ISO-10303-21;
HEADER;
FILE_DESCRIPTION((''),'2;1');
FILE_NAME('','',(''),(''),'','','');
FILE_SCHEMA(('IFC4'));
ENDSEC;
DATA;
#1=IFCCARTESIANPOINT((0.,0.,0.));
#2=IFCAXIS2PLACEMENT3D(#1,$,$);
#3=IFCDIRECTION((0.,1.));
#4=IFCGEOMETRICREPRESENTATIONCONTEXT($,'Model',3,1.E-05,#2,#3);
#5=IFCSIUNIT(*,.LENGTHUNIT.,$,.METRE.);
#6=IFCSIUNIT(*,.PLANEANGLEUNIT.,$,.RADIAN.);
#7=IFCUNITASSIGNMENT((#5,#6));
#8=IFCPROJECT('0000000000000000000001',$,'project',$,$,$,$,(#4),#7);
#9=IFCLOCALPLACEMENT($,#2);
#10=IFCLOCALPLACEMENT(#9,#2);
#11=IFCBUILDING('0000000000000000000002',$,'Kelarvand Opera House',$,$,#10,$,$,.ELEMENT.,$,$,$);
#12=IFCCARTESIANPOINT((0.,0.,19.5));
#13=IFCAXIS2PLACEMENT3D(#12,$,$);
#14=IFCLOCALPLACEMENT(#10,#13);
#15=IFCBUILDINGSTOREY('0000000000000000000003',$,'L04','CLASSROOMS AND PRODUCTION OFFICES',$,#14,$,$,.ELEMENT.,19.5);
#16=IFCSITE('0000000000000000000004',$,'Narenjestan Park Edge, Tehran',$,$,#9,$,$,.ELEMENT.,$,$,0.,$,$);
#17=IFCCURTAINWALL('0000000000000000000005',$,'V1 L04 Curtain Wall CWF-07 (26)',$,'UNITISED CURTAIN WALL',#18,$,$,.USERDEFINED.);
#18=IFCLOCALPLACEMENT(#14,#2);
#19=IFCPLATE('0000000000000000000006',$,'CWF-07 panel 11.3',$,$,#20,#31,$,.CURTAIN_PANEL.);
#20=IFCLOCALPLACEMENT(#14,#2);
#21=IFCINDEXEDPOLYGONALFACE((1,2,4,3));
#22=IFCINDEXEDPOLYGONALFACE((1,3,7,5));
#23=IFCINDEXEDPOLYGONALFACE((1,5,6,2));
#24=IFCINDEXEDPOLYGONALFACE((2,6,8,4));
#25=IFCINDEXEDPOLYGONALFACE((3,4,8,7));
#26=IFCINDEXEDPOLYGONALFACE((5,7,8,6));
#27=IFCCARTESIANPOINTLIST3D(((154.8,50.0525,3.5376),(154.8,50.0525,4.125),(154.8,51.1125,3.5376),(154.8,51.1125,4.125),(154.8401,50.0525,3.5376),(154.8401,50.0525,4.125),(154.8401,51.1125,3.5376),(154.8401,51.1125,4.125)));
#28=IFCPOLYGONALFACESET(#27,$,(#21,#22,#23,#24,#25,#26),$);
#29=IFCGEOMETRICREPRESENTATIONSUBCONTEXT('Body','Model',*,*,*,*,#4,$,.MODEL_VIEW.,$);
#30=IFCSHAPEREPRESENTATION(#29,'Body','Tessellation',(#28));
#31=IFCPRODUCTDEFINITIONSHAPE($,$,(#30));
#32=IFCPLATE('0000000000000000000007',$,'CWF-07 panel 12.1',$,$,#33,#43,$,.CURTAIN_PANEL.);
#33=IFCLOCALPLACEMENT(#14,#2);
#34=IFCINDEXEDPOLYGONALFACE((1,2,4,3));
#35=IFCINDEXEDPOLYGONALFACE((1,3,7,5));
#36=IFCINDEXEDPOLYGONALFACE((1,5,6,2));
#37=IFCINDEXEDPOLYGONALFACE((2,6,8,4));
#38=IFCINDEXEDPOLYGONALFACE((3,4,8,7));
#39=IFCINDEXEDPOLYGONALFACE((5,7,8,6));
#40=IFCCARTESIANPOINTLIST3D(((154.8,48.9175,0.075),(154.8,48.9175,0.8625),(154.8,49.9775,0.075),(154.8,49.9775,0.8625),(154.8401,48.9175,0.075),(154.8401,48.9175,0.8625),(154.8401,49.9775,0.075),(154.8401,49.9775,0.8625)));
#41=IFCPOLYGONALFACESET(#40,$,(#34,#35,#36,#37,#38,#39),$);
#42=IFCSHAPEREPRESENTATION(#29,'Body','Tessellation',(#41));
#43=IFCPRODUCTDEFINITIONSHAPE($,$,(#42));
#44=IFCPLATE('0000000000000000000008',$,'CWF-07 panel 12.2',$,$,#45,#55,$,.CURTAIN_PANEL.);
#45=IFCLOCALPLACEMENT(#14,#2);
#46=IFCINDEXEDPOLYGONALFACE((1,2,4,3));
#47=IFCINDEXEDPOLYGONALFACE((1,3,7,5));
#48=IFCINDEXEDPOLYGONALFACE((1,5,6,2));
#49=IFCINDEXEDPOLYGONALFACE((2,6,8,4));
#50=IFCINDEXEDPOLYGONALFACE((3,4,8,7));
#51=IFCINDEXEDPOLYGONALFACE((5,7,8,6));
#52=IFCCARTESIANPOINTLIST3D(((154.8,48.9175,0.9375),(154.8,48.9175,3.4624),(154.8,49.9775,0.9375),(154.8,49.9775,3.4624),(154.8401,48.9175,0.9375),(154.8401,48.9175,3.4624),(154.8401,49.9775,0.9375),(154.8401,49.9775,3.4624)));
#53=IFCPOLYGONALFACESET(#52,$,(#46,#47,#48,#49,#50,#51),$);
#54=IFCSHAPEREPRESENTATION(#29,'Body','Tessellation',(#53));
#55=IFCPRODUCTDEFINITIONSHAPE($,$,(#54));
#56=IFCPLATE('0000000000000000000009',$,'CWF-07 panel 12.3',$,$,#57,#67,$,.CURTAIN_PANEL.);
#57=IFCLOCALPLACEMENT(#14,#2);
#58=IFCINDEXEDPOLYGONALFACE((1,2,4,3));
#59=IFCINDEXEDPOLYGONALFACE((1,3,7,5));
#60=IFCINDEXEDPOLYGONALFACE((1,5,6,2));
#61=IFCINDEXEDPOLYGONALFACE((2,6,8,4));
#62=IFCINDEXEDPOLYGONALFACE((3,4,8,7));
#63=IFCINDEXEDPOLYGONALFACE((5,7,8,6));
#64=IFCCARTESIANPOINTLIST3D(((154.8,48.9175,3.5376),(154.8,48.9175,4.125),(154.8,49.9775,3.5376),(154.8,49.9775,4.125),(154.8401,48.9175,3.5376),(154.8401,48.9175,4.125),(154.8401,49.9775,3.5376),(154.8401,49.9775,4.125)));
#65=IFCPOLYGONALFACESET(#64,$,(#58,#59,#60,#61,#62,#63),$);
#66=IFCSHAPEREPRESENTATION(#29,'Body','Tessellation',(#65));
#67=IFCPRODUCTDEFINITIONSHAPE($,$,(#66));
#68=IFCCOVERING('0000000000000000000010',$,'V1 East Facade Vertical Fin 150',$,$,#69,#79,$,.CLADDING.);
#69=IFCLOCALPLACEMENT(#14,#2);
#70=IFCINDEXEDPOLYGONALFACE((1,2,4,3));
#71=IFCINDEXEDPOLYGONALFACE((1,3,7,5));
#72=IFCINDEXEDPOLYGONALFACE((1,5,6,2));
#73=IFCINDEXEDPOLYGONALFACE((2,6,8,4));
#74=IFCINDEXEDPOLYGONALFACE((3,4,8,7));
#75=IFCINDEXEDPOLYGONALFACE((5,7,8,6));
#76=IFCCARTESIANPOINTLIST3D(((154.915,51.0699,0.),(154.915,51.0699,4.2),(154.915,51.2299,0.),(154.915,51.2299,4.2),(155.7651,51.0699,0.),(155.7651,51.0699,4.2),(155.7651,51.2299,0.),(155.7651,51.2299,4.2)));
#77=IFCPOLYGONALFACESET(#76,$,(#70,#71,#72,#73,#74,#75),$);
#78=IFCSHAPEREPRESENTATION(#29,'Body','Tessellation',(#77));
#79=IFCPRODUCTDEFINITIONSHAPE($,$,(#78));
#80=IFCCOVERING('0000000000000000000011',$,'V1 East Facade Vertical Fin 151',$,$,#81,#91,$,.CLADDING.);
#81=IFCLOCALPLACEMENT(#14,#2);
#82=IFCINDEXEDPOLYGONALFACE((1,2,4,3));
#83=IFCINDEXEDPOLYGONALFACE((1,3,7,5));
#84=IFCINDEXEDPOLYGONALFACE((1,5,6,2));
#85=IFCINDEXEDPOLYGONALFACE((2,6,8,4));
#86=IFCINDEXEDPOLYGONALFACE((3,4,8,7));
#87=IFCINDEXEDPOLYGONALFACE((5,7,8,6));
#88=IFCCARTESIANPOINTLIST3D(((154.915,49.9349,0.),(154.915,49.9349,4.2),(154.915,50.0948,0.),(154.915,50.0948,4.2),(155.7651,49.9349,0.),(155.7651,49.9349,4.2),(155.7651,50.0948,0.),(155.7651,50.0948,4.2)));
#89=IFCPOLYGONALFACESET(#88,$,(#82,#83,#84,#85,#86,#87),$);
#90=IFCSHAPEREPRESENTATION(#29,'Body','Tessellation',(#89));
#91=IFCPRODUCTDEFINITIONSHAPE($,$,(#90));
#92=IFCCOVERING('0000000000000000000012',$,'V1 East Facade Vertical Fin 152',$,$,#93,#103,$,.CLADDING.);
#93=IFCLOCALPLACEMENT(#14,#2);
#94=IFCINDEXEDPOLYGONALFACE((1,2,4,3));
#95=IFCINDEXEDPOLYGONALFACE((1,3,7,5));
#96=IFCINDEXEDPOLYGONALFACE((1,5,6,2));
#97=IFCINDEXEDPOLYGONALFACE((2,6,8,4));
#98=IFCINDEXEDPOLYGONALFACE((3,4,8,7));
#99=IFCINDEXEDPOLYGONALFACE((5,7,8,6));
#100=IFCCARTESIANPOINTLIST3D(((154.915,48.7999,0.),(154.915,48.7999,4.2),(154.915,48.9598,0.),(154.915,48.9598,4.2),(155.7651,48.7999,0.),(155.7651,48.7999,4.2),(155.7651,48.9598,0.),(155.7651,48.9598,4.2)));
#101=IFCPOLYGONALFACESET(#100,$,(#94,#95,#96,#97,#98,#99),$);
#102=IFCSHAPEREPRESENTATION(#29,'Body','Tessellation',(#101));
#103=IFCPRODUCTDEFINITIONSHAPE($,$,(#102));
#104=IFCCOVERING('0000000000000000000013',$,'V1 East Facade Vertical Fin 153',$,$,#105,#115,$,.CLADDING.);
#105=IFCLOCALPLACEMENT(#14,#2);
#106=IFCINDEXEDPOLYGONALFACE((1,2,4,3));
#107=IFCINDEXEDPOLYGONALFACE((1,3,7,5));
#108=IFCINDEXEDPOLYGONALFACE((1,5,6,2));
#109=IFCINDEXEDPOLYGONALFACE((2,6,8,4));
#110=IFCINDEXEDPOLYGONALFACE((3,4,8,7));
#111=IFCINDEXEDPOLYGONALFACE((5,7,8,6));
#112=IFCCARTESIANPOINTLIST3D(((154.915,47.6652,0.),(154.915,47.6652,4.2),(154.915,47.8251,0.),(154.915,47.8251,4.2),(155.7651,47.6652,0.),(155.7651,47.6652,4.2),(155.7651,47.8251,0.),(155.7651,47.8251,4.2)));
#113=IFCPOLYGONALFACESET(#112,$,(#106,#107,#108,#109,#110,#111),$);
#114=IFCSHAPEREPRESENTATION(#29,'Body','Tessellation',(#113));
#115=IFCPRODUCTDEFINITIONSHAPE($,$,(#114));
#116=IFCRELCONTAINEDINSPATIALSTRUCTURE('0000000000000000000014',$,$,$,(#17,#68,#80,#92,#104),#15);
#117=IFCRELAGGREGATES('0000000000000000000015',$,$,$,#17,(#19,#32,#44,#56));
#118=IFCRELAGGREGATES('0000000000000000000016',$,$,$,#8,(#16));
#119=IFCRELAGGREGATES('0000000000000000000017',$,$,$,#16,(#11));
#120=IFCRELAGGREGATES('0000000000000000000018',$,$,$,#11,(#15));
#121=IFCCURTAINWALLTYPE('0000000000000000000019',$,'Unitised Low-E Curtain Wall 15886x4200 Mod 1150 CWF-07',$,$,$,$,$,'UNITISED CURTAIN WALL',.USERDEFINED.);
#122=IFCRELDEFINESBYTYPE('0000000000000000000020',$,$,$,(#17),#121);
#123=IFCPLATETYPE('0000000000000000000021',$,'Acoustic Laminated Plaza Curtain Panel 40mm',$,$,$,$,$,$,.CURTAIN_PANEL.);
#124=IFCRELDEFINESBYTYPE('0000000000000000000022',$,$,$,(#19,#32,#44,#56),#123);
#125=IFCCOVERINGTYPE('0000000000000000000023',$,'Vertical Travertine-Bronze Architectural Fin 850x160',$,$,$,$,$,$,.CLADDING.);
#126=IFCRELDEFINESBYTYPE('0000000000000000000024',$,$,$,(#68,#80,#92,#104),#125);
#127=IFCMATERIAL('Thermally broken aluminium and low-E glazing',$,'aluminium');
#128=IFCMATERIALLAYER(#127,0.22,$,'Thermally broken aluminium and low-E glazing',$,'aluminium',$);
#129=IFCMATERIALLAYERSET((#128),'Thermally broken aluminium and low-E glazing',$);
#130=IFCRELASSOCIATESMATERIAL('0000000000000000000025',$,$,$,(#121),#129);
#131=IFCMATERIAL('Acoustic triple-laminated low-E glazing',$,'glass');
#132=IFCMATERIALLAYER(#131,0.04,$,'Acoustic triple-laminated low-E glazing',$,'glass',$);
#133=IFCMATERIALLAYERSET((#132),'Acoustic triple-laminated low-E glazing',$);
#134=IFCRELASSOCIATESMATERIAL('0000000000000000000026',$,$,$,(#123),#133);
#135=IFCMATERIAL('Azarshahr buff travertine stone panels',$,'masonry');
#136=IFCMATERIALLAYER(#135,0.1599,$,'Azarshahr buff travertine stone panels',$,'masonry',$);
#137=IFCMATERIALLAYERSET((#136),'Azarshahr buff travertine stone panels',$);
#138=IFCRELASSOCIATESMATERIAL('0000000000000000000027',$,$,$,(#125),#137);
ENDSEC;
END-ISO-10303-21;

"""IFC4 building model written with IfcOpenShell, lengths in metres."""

from ifc_helpers import new_model, si_unit, direction, frame, origin, origin_2d, place, context, subcontext, project, spatial, rectangle, extrude, material, layer, layer_set, type_object, element, aggregate, save


model = new_model("IFC4")

# Units and contexts
model_context = context("Model", 3, precision=1e-05, world=origin(), true_north=direction((0.0, 1.0)))
body_context = subcontext(model_context, "Body", "Model", "MODEL_VIEW")
ifc_project = project(units=[si_unit("LENGTHUNIT", "METRE"), si_unit("PLANEANGLEUNIT", "RADIAN")], contexts=[model_context])

# Site, building, storey
site_placement = place(None, origin())
site = spatial("IfcSite", under=ifc_project, at=site_placement, Name="Narenjestan Park Edge, Tehran", CompositionType="ELEMENT", RefElevation=0.0)
building_placement = place(site_placement, origin())
building = spatial("IfcBuilding", under=site, at=building_placement, Name="Kelarvand Opera House", CompositionType="ELEMENT")
storey_placement = place(building_placement, frame((0.0, 0.0, 19.5)))
storey = spatial("IfcBuildingStorey", under=building, at=storey_placement, Name="L04", Description="CLASSROOMS AND PRODUCTION OFFICES", CompositionType="ELEMENT", Elevation=19.5)

# Curtain wall, plates
ifc_material_1 = material(Name="Thermally broken aluminium and low-E glazing", Category="aluminium")
ifc_layer_1 = layer(ifc_material_1, 0.22, Name="Thermally broken aluminium and low-E glazing", Category="aluminium")
ifc_layer_set_1 = layer_set([ifc_layer_1], Name="Thermally broken aluminium and low-E glazing")
curtain_wall_type = type_object("IfcCurtainWallType", Name="Unitised Low-E Curtain Wall 15886x4200 Mod 1150 CWF-07", ElementType="UNITISED CURTAIN WALL", PredefinedType="USERDEFINED", material=ifc_layer_set_1)
curtain_wall_placement = place(storey_placement, origin())
curtain_wall = element("IfcCurtainWall", 1, at=curtain_wall_placement, inside=storey, type_object=curtain_wall_type, Name="V1 L04 Curtain Wall CWF-07 (26)", ObjectType="UNITISED CURTAIN WALL", PredefinedType="USERDEFINED")
ifc_material_2 = material(Name="Acoustic triple-laminated low-E glazing", Category="glass")
ifc_layer_2 = layer(ifc_material_2, 0.04, Name="Acoustic triple-laminated low-E glazing", Category="glass")
ifc_layer_set_2 = layer_set([ifc_layer_2], Name="Acoustic triple-laminated low-E glazing")
plate_type = type_object("IfcPlateType", Name="Acoustic Laminated Plaza Curtain Panel 40mm", PredefinedType="CURTAIN_PANEL", material=ifc_layer_set_2)
plate_1_placement = place(storey_placement, frame((154.8201, 50.5825, 3.5376), z_axis=(0.0, 0.0, 1.0), x_axis=(0.0, -1.0, 0.0)))
plate_1 = element("IfcPlate", 2, at=plate_1_placement, type_object=plate_type, Name="CWF-07 panel 11.3", PredefinedType="CURTAIN_PANEL", context=body_context, shape_type="SweptSolid", body=[
    extrude(rectangle(XDim=1.0601, YDim=0.04, at=origin_2d()), origin(), (0.0, 0.0, 1.0), 0.5874),
])
plate_2_placement = place(storey_placement, frame((154.8201, 49.4475, 0.075), z_axis=(0.0, 0.0, 1.0), x_axis=(0.0, -1.0, 0.0)))
plate_2 = element("IfcPlate", 3, at=plate_2_placement, type_object=plate_type, Name="CWF-07 panel 12.1", PredefinedType="CURTAIN_PANEL", context=body_context, shape_type="SweptSolid", body=[
    extrude(rectangle(XDim=1.0601, YDim=0.04, at=origin_2d()), origin(), (0.0, 0.0, 1.0), 0.7876),
])
plate_3_placement = place(storey_placement, frame((154.8201, 49.4475, 0.9375), z_axis=(0.0, 0.0, 1.0), x_axis=(0.0, -1.0, 0.0)))
plate_3 = element("IfcPlate", 4, at=plate_3_placement, type_object=plate_type, Name="CWF-07 panel 12.2", PredefinedType="CURTAIN_PANEL", context=body_context, shape_type="SweptSolid", body=[
    extrude(rectangle(XDim=1.0601, YDim=0.04, at=origin_2d()), origin(), (0.0, 0.0, 1.0), 2.5249),
])
plate_4_placement = place(storey_placement, frame((154.8201, 49.4475, 3.5376), z_axis=(0.0, 0.0, 1.0), x_axis=(0.0, -1.0, 0.0)))
plate_4 = element("IfcPlate", 5, at=plate_4_placement, type_object=plate_type, Name="CWF-07 panel 12.3", PredefinedType="CURTAIN_PANEL", context=body_context, shape_type="SweptSolid", body=[
    extrude(rectangle(XDim=1.0601, YDim=0.04, at=origin_2d()), origin(), (0.0, 0.0, 1.0), 0.5874),
])
aggregate(curtain_wall, [plate_1, plate_2, plate_3, plate_4])

# Coverings
ifc_material_3 = material(Name="Azarshahr buff travertine stone panels", Category="masonry")
ifc_layer_3 = layer(ifc_material_3, 0.1599, Name="Azarshahr buff travertine stone panels", Category="masonry")
ifc_layer_set_3 = layer_set([ifc_layer_3], Name="Azarshahr buff travertine stone panels")
covering_type = type_object("IfcCoveringType", Name="Vertical Travertine-Bronze Architectural Fin 850x160", PredefinedType="CLADDING", material=ifc_layer_set_3)
for number, where, z_axis, x_axis, name in (
    (6, (155.3401, 51.1499, 0.0), (0.0, 0.0, 1.0), (1.0, 0.0, 0.0), "V1 East Facade Vertical Fin 150"),
    (7, (155.3401, 50.0149, 0.0), (0.0, 0.0, 1.0), (1.0, 0.0, 0.0), "V1 East Facade Vertical Fin 151"),
    (8, (155.3401, 48.8799, 0.0), (0.0, 0.0, 1.0), (1.0, 0.0, 0.0), "V1 East Facade Vertical Fin 152"),
    (9, (155.3401, 47.7451, 0.0), (0.0, 0.0, 1.0), (1.0, 0.0, 0.0), "V1 East Facade Vertical Fin 153"),
):
    element("IfcCovering", number, at=place(storey_placement, frame(where, z_axis=z_axis, x_axis=x_axis)), inside=storey, type_object=covering_type, Name=name, PredefinedType="CLADDING", context=body_context, shape_type="SweptSolid", body=[
        extrude(rectangle(XDim=0.8501, YDim=0.1599, at=origin_2d()), origin(), (0.0, 0.0, 1.0), 4.2),
    ])

save(model, "model.ifc")
